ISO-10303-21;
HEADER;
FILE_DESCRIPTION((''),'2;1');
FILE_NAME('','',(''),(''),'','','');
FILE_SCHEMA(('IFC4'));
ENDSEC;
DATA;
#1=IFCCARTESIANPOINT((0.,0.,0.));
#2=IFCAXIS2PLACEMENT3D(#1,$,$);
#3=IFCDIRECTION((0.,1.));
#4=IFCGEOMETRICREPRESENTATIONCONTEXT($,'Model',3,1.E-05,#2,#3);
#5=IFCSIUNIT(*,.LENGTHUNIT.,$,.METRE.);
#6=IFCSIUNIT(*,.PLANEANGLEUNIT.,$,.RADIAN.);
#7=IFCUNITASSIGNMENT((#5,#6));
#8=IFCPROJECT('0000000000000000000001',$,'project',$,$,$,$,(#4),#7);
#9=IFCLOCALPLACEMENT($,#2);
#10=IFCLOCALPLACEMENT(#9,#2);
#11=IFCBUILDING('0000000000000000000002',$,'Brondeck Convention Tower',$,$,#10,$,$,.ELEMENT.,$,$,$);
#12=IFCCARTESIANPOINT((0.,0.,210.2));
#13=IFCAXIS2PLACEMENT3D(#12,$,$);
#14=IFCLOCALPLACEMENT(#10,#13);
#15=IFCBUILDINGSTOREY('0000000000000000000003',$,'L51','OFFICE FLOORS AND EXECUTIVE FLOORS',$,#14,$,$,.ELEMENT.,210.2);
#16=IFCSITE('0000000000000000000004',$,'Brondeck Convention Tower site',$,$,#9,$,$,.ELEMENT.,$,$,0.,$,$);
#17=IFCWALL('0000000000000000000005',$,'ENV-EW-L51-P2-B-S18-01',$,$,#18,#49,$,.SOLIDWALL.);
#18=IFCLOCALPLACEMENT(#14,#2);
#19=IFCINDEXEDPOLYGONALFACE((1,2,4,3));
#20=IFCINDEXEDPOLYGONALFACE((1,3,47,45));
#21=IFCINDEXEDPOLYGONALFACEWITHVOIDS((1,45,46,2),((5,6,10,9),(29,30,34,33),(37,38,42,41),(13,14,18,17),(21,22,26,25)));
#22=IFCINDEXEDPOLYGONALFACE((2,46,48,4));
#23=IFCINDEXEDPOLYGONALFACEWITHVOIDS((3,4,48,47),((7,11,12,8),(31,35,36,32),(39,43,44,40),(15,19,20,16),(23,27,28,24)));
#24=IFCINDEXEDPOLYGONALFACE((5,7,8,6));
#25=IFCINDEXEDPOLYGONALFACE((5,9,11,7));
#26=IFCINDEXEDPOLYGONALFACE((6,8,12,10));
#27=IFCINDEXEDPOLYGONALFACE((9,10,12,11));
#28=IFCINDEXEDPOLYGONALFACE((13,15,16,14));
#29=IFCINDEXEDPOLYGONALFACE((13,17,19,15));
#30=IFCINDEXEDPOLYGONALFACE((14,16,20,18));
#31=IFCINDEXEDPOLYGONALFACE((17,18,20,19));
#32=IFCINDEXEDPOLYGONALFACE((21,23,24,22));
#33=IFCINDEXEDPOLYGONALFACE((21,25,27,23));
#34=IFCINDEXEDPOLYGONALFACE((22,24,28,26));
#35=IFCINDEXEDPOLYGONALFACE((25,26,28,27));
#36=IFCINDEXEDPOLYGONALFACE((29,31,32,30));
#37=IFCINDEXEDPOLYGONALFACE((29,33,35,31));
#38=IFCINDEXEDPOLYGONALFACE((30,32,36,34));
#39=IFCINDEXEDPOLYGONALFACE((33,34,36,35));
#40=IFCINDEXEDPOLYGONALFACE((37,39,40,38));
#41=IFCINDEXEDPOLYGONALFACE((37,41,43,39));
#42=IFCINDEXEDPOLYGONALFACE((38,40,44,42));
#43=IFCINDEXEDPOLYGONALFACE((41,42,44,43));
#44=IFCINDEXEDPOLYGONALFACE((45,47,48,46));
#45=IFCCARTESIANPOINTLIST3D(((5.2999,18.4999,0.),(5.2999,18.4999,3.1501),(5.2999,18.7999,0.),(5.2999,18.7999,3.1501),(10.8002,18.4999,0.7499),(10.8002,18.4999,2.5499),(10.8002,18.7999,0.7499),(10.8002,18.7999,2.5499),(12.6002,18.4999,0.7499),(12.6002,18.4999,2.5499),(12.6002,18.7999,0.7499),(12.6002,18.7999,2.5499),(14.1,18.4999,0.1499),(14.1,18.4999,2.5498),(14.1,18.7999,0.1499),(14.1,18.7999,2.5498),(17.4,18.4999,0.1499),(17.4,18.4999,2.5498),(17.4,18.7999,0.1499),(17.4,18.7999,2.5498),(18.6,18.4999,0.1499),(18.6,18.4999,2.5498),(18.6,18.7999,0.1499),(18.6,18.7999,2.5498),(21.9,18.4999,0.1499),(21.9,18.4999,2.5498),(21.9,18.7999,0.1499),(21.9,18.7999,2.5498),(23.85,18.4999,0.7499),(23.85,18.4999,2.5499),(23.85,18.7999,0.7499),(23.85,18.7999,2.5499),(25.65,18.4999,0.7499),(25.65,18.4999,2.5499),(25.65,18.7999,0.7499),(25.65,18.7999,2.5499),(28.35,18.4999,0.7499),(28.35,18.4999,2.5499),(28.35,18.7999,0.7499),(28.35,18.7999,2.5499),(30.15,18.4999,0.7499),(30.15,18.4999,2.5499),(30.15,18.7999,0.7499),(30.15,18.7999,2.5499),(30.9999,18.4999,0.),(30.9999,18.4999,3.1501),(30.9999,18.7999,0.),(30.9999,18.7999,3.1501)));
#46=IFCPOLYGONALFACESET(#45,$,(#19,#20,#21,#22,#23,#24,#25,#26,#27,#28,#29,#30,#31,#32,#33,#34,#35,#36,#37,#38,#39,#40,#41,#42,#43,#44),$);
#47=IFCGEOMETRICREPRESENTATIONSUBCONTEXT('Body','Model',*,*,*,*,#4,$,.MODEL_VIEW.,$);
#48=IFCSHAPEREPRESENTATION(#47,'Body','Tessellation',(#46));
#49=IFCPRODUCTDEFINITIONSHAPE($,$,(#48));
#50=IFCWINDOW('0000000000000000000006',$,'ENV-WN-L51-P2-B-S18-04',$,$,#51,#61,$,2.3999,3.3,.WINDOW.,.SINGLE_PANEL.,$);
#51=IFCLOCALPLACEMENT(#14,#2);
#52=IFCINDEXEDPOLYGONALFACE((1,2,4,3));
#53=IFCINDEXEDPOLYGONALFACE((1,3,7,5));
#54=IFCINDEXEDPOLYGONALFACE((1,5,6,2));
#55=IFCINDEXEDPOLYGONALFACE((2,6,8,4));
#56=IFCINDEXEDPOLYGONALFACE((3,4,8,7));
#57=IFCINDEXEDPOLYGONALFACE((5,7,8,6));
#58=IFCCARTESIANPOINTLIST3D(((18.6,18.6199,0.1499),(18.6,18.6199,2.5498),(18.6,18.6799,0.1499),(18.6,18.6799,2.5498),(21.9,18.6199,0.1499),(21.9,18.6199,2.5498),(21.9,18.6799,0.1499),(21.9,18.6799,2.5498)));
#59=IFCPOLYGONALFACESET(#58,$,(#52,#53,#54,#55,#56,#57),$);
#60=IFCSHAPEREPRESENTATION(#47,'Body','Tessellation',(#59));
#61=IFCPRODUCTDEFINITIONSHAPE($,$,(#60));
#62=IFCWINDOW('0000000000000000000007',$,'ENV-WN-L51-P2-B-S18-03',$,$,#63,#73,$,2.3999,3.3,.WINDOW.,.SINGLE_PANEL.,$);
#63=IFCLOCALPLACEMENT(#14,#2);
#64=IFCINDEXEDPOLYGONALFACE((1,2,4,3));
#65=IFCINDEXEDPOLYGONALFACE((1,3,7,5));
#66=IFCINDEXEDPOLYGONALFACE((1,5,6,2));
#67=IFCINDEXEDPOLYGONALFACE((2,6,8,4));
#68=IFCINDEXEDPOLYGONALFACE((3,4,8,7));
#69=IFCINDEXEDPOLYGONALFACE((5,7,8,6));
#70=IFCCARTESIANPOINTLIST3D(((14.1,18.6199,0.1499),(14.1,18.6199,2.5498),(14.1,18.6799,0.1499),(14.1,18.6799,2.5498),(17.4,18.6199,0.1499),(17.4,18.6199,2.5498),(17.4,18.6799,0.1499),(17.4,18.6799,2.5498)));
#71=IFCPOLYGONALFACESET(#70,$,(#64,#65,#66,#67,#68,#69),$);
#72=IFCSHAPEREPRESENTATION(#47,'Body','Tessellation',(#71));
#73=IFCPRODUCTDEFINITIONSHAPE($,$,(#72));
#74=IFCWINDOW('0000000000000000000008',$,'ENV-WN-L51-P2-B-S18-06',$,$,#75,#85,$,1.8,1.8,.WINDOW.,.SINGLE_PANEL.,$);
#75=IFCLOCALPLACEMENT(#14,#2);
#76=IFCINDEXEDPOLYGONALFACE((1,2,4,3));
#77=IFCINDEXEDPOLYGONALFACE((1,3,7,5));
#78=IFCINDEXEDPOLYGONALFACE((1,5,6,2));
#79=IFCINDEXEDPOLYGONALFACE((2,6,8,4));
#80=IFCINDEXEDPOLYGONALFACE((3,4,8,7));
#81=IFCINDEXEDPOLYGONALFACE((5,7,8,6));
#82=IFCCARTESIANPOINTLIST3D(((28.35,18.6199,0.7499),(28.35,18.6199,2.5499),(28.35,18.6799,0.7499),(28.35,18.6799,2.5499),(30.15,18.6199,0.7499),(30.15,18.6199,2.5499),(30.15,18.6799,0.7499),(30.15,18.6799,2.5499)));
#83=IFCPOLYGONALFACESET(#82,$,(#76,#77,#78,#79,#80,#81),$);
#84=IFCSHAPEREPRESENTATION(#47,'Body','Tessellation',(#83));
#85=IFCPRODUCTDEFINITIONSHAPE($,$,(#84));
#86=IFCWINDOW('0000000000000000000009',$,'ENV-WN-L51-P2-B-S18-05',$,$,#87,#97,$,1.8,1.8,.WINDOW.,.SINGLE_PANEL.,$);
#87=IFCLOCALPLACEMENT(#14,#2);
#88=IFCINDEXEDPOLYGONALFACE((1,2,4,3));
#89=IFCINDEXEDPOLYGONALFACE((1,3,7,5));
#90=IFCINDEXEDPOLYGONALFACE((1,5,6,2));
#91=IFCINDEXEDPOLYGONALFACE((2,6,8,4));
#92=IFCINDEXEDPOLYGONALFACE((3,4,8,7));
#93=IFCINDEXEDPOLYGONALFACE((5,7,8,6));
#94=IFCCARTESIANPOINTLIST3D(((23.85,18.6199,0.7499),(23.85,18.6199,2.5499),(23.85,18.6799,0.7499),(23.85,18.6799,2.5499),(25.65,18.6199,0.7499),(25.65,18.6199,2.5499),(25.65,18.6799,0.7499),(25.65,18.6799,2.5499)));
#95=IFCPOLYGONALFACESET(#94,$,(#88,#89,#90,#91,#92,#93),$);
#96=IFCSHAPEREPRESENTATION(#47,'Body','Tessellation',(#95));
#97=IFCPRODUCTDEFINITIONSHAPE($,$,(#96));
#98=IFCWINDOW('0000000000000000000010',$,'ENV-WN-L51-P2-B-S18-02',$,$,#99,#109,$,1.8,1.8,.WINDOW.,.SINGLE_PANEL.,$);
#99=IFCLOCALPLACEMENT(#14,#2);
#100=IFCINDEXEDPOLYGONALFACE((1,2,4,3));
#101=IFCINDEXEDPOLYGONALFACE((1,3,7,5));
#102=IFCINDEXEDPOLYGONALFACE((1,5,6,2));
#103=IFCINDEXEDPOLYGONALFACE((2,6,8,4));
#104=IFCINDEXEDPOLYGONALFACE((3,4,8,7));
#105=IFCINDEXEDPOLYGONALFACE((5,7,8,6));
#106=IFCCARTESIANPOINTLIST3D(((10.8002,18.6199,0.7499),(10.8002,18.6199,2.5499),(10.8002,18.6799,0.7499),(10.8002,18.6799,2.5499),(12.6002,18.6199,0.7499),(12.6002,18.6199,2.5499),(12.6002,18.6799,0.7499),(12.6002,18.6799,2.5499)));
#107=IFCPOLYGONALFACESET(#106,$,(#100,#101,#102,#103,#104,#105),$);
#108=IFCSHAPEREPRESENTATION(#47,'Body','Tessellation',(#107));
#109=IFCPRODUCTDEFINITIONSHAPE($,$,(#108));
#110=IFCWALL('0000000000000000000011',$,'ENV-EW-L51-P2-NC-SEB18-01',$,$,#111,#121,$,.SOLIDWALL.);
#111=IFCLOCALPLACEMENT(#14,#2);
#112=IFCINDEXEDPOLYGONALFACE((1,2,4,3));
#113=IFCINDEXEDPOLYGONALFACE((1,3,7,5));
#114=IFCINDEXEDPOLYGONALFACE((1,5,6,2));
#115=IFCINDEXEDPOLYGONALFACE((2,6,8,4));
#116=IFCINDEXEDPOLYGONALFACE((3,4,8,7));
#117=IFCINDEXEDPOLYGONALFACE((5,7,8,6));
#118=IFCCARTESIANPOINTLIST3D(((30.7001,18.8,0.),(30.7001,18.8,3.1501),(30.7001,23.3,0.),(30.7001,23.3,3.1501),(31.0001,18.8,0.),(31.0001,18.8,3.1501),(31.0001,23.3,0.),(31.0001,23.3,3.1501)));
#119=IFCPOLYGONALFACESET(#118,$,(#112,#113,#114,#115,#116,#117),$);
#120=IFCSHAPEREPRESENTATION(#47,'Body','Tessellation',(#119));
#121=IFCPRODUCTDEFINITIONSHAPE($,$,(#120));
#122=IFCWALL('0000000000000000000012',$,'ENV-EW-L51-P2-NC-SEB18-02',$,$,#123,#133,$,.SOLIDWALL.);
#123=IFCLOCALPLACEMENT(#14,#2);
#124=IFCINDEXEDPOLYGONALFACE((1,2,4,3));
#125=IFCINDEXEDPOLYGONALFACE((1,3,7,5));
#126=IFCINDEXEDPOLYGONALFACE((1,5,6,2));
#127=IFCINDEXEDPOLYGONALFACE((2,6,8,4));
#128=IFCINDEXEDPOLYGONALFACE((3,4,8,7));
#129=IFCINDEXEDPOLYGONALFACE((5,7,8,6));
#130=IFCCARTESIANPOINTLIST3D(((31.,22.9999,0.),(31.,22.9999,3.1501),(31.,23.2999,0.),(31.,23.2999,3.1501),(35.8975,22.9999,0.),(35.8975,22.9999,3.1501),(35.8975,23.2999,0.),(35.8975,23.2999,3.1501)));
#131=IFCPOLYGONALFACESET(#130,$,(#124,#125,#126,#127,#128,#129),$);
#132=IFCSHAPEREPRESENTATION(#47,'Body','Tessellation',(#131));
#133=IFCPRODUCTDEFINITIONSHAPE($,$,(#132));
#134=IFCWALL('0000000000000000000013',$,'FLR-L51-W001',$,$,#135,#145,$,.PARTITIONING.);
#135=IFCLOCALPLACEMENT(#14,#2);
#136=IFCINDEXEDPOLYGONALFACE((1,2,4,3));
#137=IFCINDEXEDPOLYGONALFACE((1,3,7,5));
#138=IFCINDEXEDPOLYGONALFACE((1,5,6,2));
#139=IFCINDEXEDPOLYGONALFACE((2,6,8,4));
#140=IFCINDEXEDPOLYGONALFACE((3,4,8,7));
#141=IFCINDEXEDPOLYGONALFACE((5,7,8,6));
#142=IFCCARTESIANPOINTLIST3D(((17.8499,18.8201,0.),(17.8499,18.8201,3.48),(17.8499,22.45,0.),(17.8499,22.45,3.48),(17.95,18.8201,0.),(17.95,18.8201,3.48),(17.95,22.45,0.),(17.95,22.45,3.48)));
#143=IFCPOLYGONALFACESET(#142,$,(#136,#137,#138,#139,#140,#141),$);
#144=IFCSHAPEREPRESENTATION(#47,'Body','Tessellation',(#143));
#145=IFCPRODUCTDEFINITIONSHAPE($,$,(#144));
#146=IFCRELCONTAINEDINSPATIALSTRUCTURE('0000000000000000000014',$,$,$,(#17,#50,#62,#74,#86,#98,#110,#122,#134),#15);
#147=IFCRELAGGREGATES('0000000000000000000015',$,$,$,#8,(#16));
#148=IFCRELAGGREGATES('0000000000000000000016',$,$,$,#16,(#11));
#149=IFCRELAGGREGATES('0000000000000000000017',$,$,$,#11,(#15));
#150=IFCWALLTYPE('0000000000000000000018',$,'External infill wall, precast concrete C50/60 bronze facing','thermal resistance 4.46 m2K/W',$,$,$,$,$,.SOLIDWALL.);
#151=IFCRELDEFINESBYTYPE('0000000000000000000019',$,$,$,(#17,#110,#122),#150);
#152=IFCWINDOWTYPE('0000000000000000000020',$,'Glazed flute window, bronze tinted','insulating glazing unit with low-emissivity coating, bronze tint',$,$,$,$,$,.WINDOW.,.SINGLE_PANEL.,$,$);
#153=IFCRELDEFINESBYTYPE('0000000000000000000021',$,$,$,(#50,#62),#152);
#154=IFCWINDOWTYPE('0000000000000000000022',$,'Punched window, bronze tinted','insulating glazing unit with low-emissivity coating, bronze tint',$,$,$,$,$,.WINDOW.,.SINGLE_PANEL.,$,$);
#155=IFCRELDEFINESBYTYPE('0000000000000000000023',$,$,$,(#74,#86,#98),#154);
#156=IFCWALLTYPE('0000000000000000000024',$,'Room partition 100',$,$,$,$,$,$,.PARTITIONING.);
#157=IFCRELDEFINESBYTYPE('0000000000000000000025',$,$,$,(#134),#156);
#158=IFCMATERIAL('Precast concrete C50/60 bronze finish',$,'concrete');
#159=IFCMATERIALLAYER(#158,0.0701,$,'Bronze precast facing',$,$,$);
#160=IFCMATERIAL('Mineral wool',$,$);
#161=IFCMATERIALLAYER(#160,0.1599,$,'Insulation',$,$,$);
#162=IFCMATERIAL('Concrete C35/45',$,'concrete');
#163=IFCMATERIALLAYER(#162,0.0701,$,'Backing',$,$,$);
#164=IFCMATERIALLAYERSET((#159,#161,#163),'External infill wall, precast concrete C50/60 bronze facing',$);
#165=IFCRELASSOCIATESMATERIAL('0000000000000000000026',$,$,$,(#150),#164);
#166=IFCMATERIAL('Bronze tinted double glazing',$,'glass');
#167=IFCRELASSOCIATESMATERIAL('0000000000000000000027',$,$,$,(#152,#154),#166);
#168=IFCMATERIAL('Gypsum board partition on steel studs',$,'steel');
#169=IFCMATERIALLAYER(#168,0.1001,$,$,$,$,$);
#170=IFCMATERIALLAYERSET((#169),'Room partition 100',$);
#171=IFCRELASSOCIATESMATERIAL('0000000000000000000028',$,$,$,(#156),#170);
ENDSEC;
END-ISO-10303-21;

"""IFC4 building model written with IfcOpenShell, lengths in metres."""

from ifc_helpers import new_model, si_unit, direction, frame, frame_2d, origin, place, context, subcontext, project, spatial, rectangle, extrude, material, layer, layer_set, type_object, element, fill, save


model = new_model("IFC4")

# Units and contexts
model_context = context("Model", 3, precision=1e-05, world=origin(), true_north=direction((0.0, 1.0)))
body_context = subcontext(model_context, "Body", "Model", "MODEL_VIEW")
ifc_project = project(units=[si_unit("LENGTHUNIT", "METRE"), si_unit("PLANEANGLEUNIT", "RADIAN")], contexts=[model_context])

# Site, building, storey
site_placement = place(None, origin())
site = spatial("IfcSite", under=ifc_project, at=site_placement, Name="Brondeck Convention Tower site", CompositionType="ELEMENT", RefElevation=0.0)
building_placement = place(site_placement, origin())
building = spatial("IfcBuilding", under=site, at=building_placement, Name="Brondeck Convention Tower", CompositionType="ELEMENT")
storey_placement = place(building_placement, frame((0.0, 0.0, 210.2)))
storey = spatial("IfcBuildingStorey", under=building, at=storey_placement, Name="L51", Description="OFFICE FLOORS AND EXECUTIVE FLOORS", CompositionType="ELEMENT", Elevation=210.2)

# Wall, openings, windows
ifc_material_1 = material(Name="Precast concrete C50/60 bronze finish", Category="concrete")
ifc_layer_1 = layer(ifc_material_1, 0.0701, Name="Bronze precast facing")
ifc_material_2 = material(Name="Mineral wool")
ifc_layer_2 = layer(ifc_material_2, 0.1599, Name="Insulation")
ifc_material_3 = material(Name="Concrete C35/45", Category="concrete")
ifc_layer_3 = layer(ifc_material_3, 0.0701, Name="Backing")
ifc_layer_set_1 = layer_set([ifc_layer_1, ifc_layer_2, ifc_layer_3], Name="External infill wall, precast concrete C50/60 bronze facing")
wall_type_1 = type_object("IfcWallType", Name="External infill wall, precast concrete C50/60 bronze facing", Description="thermal resistance 4.46 m2K/W", PredefinedType="SOLIDWALL", material=ifc_layer_set_1)
wall_1_placement = place(storey_placement, frame((31.0, 18.6499, 0.0), z_axis=(0.0, 0.0, 1.0), x_axis=(-1.0, 0.0, 0.0)))
wall_1 = element("IfcWall", 1, at=wall_1_placement, inside=storey, type_object=wall_type_1, Name="ENV-EW-L51-P2-B-S18-01", PredefinedType="SOLIDWALL", context=body_context, shape_type="SweptSolid", body=[
    extrude(rectangle(XDim=25.7, YDim=0.3, at=frame_2d((12.8501, 0.0))), origin(), (0.0, 0.0, 1.0), 3.1501),
])
opening_1_placement = place(wall_1_placement, frame((0.8501, 0.0, 0.75)))
opening_1 = element("IfcOpeningElement", 2, at=opening_1_placement, cuts=wall_1, PredefinedType="OPENING", context=body_context, shape_type="SweptSolid", body=[
    extrude(rectangle(XDim=1.8, YDim=1.8, at=frame_2d((0.8999, 0.8999))), frame((0.0, 0.1599, 0.0), z_axis=(0.0, -1.0, 0.0), x_axis=(1.0, 0.0, 0.0)), (0.0, 0.0, 1.0), 0.3201),
])
opening_2_placement = place(wall_1_placement, frame((5.3501, 0.0, 0.75)))
opening_2 = element("IfcOpeningElement", 3, at=opening_2_placement, cuts=wall_1, PredefinedType="OPENING", context=body_context, shape_type="SweptSolid", body=[
    extrude(rectangle(XDim=1.8, YDim=1.8, at=frame_2d((0.8999, 0.8999))), frame((0.0, 0.1599, 0.0), z_axis=(0.0, -1.0, 0.0), x_axis=(1.0, 0.0, 0.0)), (0.0, 0.0, 1.0), 0.3201),
])
opening_3_placement = place(wall_1_placement, frame((9.1001, 0.0, 0.1499)))
opening_3 = element("IfcOpeningElement", 4, at=opening_3_placement, cuts=wall_1, PredefinedType="OPENING", context=body_context, shape_type="SweptSolid", body=[
    extrude(rectangle(XDim=3.3, YDim=2.3999, at=frame_2d((1.6499, 1.2))), frame((0.0, 0.1599, 0.0), z_axis=(0.0, -1.0, 0.0), x_axis=(1.0, 0.0, 0.0)), (0.0, 0.0, 1.0), 0.3201),
])
opening_4_placement = place(wall_1_placement, frame((13.6001, 0.0, 0.1499)))
opening_4 = element("IfcOpeningElement", 5, at=opening_4_placement, cuts=wall_1, PredefinedType="OPENING", context=body_context, shape_type="SweptSolid", body=[
    extrude(rectangle(XDim=3.3, YDim=2.3999, at=frame_2d((1.6499, 1.2))), frame((0.0, 0.1599, 0.0), z_axis=(0.0, -1.0, 0.0), x_axis=(1.0, 0.0, 0.0)), (0.0, 0.0, 1.0), 0.3201),
])
opening_5_placement = place(wall_1_placement, frame((18.3999, 0.0, 0.75)))
opening_5 = element("IfcOpeningElement", 6, at=opening_5_placement, cuts=wall_1, PredefinedType="OPENING", context=body_context, shape_type="SweptSolid", body=[
    extrude(rectangle(XDim=1.8, YDim=1.8, at=frame_2d((0.8999, 0.8999))), frame((0.0, 0.1599, 0.0), z_axis=(0.0, -1.0, 0.0), x_axis=(1.0, 0.0, 0.0)), (0.0, 0.0, 1.0), 0.3201),
])
ifc_material_4 = material(Name="Bronze tinted double glazing", Category="glass")
window_type_1 = type_object("IfcWindowType", Name="Glazed flute window, bronze tinted", Description="insulating glazing unit with low-emissivity coating, bronze tint", PartitioningType="SINGLE_PANEL", PredefinedType="WINDOW", material=ifc_material_4)
window_1_placement = place(opening_3_placement, origin())
window_1 = element("IfcWindow", 7, at=window_1_placement, inside=storey, type_object=window_type_1, Name="ENV-WN-L51-P2-B-S18-04", OverallHeight=2.3999, OverallWidth=3.3, PartitioningType="SINGLE_PANEL", PredefinedType="WINDOW", context=body_context, shape_type="SweptSolid", body=[
    extrude(rectangle(XDim=3.3, YDim=2.3999, at=frame_2d((1.6499, 1.2))), frame((0.0, 0.03, 0.0), z_axis=(0.0, -1.0, 0.0), x_axis=(1.0, 0.0, 0.0)), (0.0, 0.0, 1.0), 0.0601),
])
fill(opening_3, window_1)
window_2_placement = place(opening_4_placement, origin())
window_2 = element("IfcWindow", 8, at=window_2_placement, inside=storey, type_object=window_type_1, Name="ENV-WN-L51-P2-B-S18-03", OverallHeight=2.3999, OverallWidth=3.3, PartitioningType="SINGLE_PANEL", PredefinedType="WINDOW", context=body_context, shape_type="SweptSolid", body=[
    extrude(rectangle(XDim=3.3, YDim=2.3999, at=frame_2d((1.6499, 1.2))), frame((0.0, 0.03, 0.0), z_axis=(0.0, -1.0, 0.0), x_axis=(1.0, 0.0, 0.0)), (0.0, 0.0, 1.0), 0.0601),
])
fill(opening_4, window_2)
window_type_2 = type_object("IfcWindowType", Name="Punched window, bronze tinted", Description="insulating glazing unit with low-emissivity coating, bronze tint", PartitioningType="SINGLE_PANEL", PredefinedType="WINDOW", material=ifc_material_4)
window_3_placement = place(opening_1_placement, origin())
window_3 = element("IfcWindow", 9, at=window_3_placement, inside=storey, type_object=window_type_2, Name="ENV-WN-L51-P2-B-S18-06", OverallHeight=1.8, OverallWidth=1.8, PartitioningType="SINGLE_PANEL", PredefinedType="WINDOW", context=body_context, shape_type="SweptSolid", body=[
    extrude(rectangle(XDim=1.8, YDim=1.8, at=frame_2d((0.8999, 0.8999))), frame((0.0, 0.03, 0.0), z_axis=(0.0, -1.0, 0.0), x_axis=(1.0, 0.0, 0.0)), (0.0, 0.0, 1.0), 0.0601),
])
fill(opening_1, window_3)
window_4_placement = place(opening_2_placement, origin())
window_4 = element("IfcWindow", 10, at=window_4_placement, inside=storey, type_object=window_type_2, Name="ENV-WN-L51-P2-B-S18-05", OverallHeight=1.8, OverallWidth=1.8, PartitioningType="SINGLE_PANEL", PredefinedType="WINDOW", context=body_context, shape_type="SweptSolid", body=[
    extrude(rectangle(XDim=1.8, YDim=1.8, at=frame_2d((0.8999, 0.8999))), frame((0.0, 0.03, 0.0), z_axis=(0.0, -1.0, 0.0), x_axis=(1.0, 0.0, 0.0)), (0.0, 0.0, 1.0), 0.0601),
])
fill(opening_2, window_4)
window_5_placement = place(opening_5_placement, origin())
window_5 = element("IfcWindow", 11, at=window_5_placement, inside=storey, type_object=window_type_2, Name="ENV-WN-L51-P2-B-S18-02", OverallHeight=1.8, OverallWidth=1.8, PartitioningType="SINGLE_PANEL", PredefinedType="WINDOW", context=body_context, shape_type="SweptSolid", body=[
    extrude(rectangle(XDim=1.8, YDim=1.8, at=frame_2d((0.8999, 0.8999))), frame((0.0, 0.03, 0.0), z_axis=(0.0, -1.0, 0.0), x_axis=(1.0, 0.0, 0.0)), (0.0, 0.0, 1.0), 0.0601),
])
fill(opening_5, window_5)

# Walls
wall_2_placement = place(storey_placement, frame((30.8501, 23.3, 0.0), z_axis=(0.0, 0.0, 1.0), x_axis=(0.0, -1.0, 0.0)))
element("IfcWall", 12, at=wall_2_placement, inside=storey, type_object=wall_type_1, Name="ENV-EW-L51-P2-NC-SEB18-01", PredefinedType="SOLIDWALL", context=body_context, shape_type="SweptSolid", body=[
    extrude(rectangle(XDim=4.5, YDim=0.3, at=frame_2d((2.25, 0.0))), origin(), (0.0, 0.0, 1.0), 3.1501),
])
wall_3_placement = place(storey_placement, frame((35.8975, 23.1499, 0.0), z_axis=(0.0, 0.0, 1.0), x_axis=(-1.0, 0.0, 0.0)))
element("IfcWall", 13, at=wall_3_placement, inside=storey, type_object=wall_type_1, Name="ENV-EW-L51-P2-NC-SEB18-02", PredefinedType="SOLIDWALL", context=body_context, shape_type="SweptSolid", body=[
    extrude(rectangle(XDim=4.8975, YDim=0.3, at=frame_2d((2.4487, 0.0))), origin(), (0.0, 0.0, 1.0), 3.1501),
])
ifc_material_5 = material(Name="Gypsum board partition on steel studs", Category="steel")
ifc_layer_4 = layer(ifc_material_5, 0.1001)
ifc_layer_set_2 = layer_set([ifc_layer_4], Name="Room partition 100")
wall_type_2 = type_object("IfcWallType", Name="Room partition 100", PredefinedType="PARTITIONING", material=ifc_layer_set_2)
wall_4_placement = place(storey_placement, frame((17.8999, 22.45, 0.0), z_axis=(0.0, 0.0, 1.0), x_axis=(0.0, -1.0, 0.0)))
element("IfcWall", 14, at=wall_4_placement, inside=storey, type_object=wall_type_2, Name="FLR-L51-W001", PredefinedType="PARTITIONING", context=body_context, shape_type="SweptSolid", body=[
    extrude(rectangle(XDim=3.6299, YDim=0.1001, at=frame_2d((1.8149, 0.0))), origin(), (0.0, 0.0, 1.0), 3.48),
])

save(model, "model.ifc")
